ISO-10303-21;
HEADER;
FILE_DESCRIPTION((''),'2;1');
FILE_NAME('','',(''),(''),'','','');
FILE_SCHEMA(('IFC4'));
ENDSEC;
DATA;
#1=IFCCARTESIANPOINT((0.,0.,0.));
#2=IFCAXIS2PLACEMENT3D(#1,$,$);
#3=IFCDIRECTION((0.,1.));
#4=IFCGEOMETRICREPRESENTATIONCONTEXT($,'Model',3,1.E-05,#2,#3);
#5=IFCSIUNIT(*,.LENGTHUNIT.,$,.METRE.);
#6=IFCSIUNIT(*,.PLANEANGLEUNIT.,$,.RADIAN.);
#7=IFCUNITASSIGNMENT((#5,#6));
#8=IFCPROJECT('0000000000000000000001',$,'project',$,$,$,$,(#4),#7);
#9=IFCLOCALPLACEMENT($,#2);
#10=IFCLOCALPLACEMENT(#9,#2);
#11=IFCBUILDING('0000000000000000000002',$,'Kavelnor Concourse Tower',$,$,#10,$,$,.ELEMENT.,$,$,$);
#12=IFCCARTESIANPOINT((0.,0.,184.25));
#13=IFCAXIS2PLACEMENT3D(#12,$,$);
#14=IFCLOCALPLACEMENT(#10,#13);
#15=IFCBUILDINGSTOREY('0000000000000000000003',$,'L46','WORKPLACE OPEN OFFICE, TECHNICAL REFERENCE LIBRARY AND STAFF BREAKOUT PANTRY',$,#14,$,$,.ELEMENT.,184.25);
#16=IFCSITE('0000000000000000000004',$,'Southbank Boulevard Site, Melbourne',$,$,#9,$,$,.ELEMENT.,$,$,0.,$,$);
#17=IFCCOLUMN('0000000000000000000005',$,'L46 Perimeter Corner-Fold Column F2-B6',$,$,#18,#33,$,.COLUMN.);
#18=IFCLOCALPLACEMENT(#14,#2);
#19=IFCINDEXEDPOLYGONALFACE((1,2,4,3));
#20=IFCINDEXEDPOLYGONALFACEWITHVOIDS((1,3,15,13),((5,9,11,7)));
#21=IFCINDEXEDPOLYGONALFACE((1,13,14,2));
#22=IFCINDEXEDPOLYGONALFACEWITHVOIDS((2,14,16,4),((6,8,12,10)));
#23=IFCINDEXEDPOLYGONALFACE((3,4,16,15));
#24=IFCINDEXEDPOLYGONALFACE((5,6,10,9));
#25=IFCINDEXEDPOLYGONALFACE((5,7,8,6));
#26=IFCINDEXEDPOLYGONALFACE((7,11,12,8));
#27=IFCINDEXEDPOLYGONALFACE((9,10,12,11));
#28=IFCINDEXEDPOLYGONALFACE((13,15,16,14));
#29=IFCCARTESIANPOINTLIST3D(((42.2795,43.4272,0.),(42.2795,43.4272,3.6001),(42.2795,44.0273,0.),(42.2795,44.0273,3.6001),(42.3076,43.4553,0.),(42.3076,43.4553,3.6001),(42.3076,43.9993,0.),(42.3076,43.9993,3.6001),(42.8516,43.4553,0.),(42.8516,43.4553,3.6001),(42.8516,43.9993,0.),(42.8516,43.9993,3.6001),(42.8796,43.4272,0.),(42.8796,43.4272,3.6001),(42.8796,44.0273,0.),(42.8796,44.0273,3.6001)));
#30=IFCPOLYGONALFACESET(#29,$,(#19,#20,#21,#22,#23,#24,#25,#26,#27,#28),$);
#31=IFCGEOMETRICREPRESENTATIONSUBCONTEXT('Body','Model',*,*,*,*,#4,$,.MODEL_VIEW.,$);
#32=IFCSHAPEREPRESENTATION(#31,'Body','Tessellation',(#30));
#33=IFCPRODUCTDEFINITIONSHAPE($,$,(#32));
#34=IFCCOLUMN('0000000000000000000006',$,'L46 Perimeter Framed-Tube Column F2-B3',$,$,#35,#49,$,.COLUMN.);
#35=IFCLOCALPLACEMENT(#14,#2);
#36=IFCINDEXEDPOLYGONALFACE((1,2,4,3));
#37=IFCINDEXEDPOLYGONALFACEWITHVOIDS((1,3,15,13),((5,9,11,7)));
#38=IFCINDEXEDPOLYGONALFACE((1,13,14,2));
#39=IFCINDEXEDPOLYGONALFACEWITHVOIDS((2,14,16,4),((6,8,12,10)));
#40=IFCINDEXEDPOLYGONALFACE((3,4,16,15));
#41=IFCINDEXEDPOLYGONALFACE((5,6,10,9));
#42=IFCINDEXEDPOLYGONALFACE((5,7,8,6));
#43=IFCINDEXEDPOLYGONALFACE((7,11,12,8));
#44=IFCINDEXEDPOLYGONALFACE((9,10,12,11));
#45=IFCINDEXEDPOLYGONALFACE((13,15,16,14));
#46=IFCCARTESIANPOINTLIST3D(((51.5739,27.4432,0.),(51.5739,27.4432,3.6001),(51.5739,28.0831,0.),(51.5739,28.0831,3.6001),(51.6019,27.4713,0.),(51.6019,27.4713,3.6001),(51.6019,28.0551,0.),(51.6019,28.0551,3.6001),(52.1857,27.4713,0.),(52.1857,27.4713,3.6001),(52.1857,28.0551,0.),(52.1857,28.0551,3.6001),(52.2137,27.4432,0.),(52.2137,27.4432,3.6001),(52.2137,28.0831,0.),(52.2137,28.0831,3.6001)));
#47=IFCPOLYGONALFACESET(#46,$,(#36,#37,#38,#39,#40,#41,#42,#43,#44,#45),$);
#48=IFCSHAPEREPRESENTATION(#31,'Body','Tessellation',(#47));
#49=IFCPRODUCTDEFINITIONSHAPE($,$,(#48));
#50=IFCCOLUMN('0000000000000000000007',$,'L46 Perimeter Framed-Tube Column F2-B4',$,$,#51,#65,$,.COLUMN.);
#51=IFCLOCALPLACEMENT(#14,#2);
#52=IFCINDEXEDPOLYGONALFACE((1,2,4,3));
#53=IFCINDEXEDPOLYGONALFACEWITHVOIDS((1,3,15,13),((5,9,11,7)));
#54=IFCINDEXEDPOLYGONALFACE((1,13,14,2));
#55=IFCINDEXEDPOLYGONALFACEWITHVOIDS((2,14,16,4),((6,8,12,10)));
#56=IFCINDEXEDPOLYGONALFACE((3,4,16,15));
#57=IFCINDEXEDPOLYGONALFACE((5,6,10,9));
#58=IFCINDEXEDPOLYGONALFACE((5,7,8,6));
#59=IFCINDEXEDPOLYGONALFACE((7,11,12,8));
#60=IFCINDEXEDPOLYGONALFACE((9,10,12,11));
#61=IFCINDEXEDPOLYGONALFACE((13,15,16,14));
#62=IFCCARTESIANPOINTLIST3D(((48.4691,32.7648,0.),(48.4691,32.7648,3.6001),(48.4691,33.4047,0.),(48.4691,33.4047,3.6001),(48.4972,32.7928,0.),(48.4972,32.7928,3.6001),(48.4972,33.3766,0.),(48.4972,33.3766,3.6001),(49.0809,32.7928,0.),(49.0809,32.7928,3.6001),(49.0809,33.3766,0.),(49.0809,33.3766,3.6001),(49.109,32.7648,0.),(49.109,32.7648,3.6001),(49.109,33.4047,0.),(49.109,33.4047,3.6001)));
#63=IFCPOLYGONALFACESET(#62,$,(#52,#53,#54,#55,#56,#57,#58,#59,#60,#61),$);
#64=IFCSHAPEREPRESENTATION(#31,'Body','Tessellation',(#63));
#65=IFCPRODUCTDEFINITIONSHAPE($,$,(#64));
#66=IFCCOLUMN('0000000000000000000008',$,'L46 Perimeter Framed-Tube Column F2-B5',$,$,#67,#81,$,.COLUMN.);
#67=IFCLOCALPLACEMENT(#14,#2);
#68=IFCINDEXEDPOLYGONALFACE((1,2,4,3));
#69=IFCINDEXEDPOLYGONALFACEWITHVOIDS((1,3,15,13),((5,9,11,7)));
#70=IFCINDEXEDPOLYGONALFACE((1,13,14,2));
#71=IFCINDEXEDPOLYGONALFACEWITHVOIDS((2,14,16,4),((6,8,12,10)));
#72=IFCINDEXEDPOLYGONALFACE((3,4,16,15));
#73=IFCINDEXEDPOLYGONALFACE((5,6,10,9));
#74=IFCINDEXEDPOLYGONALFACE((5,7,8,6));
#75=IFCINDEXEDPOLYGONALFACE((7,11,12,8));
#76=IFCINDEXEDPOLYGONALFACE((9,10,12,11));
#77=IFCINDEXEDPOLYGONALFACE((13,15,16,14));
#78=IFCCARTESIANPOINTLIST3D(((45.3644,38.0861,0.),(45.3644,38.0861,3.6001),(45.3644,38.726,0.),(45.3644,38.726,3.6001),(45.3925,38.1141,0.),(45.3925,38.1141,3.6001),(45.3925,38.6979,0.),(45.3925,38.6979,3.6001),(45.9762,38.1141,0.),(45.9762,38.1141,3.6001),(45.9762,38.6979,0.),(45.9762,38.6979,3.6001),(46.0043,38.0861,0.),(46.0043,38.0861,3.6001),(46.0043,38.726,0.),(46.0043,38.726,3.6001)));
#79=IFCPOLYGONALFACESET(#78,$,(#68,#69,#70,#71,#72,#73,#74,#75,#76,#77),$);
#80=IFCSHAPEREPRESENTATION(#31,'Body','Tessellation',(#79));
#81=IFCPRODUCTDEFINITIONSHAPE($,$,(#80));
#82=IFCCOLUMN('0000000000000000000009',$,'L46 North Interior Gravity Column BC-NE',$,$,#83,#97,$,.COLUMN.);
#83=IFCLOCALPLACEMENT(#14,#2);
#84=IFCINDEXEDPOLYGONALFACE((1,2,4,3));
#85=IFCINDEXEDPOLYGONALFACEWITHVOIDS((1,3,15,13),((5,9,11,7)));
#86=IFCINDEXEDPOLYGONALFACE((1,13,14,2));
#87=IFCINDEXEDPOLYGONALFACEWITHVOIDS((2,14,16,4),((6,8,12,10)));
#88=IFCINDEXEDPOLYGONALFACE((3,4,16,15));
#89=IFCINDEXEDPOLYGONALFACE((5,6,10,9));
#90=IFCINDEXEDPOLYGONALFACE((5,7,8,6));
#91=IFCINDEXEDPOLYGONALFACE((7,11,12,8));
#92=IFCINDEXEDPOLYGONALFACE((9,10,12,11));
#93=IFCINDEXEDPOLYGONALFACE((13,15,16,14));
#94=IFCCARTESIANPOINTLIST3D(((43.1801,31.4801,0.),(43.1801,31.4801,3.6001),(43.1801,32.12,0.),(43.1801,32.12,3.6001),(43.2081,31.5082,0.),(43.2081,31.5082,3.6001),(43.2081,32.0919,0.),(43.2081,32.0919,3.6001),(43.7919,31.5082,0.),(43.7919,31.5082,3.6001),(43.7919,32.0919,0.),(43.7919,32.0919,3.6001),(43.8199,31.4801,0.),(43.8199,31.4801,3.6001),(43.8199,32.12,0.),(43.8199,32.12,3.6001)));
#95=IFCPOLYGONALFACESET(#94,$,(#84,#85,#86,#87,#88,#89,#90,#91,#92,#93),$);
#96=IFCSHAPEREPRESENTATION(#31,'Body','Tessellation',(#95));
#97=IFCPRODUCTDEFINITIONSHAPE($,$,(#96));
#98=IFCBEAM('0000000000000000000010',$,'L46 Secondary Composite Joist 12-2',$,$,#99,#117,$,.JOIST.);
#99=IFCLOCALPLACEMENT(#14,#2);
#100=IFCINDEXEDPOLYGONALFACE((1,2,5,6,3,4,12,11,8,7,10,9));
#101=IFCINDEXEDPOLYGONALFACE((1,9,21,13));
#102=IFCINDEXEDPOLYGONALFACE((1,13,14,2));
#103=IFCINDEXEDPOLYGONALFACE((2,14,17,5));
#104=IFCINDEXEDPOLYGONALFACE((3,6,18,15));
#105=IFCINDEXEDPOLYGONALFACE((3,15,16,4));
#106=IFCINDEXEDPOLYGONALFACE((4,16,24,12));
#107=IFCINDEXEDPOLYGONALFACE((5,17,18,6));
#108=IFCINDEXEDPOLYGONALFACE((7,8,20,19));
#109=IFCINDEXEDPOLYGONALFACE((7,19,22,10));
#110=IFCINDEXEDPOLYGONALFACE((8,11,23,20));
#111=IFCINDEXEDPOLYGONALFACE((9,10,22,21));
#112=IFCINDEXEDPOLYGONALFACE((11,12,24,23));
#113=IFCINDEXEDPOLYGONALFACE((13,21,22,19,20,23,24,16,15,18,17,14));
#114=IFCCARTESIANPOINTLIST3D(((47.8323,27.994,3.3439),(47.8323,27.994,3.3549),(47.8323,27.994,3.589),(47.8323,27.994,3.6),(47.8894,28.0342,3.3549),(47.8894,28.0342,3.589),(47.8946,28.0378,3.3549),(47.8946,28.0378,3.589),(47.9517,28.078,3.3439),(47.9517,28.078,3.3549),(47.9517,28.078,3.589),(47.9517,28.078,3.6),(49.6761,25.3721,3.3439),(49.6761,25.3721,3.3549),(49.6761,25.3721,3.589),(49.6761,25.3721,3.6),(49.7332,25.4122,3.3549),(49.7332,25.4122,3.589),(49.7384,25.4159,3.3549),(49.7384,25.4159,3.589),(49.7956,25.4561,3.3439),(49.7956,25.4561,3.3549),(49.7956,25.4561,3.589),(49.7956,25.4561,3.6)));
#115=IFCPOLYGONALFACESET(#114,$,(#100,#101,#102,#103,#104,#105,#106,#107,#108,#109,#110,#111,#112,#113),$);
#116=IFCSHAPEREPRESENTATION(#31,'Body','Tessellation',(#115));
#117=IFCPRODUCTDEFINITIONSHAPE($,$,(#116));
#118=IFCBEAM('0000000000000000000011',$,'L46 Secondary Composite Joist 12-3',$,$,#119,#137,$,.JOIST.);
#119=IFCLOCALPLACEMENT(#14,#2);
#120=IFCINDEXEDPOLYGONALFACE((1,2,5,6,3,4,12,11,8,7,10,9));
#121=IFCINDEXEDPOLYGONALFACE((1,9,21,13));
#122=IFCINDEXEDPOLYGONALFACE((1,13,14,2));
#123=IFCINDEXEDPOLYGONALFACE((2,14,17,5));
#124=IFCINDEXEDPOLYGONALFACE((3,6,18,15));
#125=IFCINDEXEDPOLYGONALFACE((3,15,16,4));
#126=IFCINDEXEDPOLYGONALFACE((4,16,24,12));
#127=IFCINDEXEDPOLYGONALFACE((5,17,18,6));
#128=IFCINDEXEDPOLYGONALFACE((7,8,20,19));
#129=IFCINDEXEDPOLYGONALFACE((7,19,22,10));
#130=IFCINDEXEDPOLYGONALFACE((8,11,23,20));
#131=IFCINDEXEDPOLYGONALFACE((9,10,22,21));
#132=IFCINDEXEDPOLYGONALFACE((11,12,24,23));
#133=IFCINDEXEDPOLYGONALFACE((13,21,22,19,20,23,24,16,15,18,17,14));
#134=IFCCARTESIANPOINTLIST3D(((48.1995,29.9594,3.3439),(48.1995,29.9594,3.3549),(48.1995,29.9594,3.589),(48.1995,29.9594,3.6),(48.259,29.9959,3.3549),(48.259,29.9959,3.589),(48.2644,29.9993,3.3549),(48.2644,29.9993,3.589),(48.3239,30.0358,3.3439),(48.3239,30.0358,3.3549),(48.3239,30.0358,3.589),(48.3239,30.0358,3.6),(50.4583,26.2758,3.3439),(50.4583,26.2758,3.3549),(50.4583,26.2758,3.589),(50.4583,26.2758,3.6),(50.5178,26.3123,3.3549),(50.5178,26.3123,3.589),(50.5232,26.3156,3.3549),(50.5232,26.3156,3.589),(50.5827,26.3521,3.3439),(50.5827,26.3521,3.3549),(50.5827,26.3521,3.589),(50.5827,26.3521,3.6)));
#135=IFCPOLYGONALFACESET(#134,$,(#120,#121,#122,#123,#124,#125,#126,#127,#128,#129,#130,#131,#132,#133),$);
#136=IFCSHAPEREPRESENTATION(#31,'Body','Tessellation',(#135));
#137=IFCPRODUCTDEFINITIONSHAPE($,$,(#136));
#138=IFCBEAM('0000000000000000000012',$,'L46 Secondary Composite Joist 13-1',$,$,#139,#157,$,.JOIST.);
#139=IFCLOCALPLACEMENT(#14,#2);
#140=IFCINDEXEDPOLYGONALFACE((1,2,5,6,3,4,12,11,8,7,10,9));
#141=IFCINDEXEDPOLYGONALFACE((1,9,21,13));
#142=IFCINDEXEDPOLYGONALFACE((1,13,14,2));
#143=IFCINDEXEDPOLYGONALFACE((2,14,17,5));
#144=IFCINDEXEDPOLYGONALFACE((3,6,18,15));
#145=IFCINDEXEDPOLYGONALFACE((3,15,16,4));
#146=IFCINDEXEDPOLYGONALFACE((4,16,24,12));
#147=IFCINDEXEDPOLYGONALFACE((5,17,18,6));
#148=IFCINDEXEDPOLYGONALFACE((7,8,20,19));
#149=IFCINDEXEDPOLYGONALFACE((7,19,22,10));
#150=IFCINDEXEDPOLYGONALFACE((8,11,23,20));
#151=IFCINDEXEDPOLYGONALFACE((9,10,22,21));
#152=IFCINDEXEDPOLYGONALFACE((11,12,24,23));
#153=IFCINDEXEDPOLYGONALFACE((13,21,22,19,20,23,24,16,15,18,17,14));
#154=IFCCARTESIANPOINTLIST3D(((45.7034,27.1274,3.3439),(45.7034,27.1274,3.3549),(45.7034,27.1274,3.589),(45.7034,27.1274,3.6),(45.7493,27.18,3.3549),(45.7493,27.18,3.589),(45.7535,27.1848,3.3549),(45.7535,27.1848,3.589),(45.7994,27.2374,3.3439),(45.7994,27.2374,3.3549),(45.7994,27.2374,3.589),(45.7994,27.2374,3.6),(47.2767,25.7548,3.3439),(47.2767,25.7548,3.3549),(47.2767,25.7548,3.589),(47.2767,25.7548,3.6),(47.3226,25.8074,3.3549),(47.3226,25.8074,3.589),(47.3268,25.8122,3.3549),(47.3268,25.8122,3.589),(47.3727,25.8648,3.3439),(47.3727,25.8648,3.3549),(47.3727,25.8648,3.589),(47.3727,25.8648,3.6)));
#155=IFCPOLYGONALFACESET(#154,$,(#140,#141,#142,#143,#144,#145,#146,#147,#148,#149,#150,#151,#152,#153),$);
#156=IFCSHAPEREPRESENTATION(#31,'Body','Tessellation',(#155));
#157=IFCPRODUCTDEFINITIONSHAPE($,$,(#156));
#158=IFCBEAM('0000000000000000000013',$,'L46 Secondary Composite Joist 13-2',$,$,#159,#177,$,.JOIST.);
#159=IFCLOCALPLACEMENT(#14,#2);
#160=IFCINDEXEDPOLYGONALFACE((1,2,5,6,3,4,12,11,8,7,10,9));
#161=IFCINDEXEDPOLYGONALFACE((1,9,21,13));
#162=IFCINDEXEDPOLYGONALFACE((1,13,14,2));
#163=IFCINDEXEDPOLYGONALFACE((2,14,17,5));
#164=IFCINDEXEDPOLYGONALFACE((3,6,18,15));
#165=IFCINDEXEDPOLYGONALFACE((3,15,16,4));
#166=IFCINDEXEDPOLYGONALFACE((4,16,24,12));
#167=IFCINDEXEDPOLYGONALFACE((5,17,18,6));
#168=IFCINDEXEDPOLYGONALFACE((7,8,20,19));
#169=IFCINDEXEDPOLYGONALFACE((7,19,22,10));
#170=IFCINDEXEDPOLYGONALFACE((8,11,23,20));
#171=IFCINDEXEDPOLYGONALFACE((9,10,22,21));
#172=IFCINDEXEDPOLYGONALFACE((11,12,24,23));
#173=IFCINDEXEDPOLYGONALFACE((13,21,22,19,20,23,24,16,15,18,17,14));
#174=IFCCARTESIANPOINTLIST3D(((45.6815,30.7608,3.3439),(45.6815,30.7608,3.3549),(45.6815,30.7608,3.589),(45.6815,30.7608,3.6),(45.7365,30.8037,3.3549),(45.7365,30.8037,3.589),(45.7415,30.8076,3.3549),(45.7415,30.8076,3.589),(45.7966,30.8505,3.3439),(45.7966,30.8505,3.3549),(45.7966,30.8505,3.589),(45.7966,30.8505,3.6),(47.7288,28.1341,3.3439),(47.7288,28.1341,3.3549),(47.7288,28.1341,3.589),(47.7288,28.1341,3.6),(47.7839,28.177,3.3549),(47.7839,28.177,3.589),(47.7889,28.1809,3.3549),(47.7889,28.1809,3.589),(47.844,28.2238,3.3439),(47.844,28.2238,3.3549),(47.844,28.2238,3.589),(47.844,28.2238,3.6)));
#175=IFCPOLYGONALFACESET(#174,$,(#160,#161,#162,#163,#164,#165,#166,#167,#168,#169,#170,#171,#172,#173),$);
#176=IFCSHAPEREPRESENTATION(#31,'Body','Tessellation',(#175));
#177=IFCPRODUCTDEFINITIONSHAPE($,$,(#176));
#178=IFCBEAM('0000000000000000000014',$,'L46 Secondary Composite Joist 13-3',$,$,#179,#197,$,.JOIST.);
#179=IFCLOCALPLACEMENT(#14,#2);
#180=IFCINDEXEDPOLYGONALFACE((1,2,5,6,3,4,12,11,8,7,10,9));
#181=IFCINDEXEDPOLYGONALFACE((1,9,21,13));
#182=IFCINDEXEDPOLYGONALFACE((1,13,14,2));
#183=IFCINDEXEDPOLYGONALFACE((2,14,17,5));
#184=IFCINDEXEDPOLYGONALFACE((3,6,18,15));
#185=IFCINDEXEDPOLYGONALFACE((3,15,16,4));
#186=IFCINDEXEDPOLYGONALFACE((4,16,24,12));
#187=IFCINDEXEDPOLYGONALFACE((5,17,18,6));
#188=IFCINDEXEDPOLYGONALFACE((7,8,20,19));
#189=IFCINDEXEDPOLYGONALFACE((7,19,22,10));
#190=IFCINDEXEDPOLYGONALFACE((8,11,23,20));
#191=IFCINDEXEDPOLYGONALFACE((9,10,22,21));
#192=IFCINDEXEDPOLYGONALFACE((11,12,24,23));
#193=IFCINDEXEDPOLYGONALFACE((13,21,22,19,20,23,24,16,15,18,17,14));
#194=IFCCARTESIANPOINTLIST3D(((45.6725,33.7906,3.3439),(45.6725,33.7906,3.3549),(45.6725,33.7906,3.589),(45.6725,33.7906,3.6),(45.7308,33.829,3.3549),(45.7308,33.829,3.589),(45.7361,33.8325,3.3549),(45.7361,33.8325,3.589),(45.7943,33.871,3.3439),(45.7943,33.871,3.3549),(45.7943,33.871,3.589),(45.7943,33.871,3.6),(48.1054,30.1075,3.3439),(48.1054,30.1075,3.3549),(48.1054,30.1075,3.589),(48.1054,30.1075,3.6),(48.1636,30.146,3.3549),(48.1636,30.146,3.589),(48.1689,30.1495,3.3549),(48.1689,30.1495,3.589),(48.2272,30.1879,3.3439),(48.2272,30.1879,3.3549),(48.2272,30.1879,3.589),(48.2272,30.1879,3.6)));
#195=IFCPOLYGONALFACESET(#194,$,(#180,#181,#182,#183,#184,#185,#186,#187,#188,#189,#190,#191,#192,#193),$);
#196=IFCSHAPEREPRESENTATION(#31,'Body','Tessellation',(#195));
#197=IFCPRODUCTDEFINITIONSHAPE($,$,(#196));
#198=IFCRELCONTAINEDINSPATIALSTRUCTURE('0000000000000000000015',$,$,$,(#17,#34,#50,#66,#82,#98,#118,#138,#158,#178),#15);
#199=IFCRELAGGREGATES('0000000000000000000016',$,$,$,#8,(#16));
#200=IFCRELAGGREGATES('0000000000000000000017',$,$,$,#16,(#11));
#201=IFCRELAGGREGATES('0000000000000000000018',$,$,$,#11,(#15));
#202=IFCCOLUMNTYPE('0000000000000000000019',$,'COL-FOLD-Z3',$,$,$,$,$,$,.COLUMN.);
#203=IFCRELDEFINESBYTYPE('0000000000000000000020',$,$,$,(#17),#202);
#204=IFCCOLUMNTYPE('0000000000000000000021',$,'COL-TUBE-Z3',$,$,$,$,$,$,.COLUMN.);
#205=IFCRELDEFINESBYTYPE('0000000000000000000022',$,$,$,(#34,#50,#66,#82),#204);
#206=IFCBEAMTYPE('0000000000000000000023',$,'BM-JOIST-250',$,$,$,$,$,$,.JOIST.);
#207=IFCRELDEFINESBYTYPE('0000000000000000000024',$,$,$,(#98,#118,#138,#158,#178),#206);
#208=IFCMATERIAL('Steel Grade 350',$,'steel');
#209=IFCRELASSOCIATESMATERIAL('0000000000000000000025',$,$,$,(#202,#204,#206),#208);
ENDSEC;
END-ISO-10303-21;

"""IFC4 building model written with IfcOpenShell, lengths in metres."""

from ifc_helpers import new_model, si_unit, direction, frame, origin, origin_2d, place, context, subcontext, project, spatial, hollow_rectangle, i_section, extrude, material, material_profile, profile_set, type_object, element, save


model = new_model("IFC4")

# Units and contexts
model_context = context("Model", 3, precision=1e-05, world=origin(), true_north=direction((0.0, 1.0)))
body_context = subcontext(model_context, "Body", "Model", "MODEL_VIEW")
ifc_project = project(units=[si_unit("LENGTHUNIT", "METRE"), si_unit("PLANEANGLEUNIT", "RADIAN")], contexts=[model_context])

# Site, building, storey
site_placement = place(None, origin())
site = spatial("IfcSite", under=ifc_project, at=site_placement, Name="Southbank Boulevard Site, Melbourne", CompositionType="ELEMENT", RefElevation=0.0)
building_placement = place(site_placement, origin())
building = spatial("IfcBuilding", under=site, at=building_placement, Name="Kavelnor Concourse Tower", CompositionType="ELEMENT")
storey_placement = place(building_placement, frame((0.0, 0.0, 184.25)))
storey = spatial("IfcBuildingStorey", under=building, at=storey_placement, Name="L46", Description="WORKPLACE OPEN OFFICE, TECHNICAL REFERENCE LIBRARY AND STAFF BREAKOUT PANTRY", CompositionType="ELEMENT", Elevation=184.25)

# Columns
ifc_material_1 = material(Name="Steel Grade 350", Category="steel")
ifc_material_profile_1 = material_profile(ifc_material_1, hollow_rectangle(XDim=0.6001, YDim=0.6001, WallThickness=0.0281, at=origin_2d()), Name="SHS 600x600x28")
ifc_profile_set_1 = profile_set([ifc_material_profile_1], Name="Steel Grade 350")
column_type_1 = type_object("IfcColumnType", Name="COL-FOLD-Z3", PredefinedType="COLUMN", material=ifc_profile_set_1)
column_placement = place(storey_placement, frame((42.5796, 43.7273, 0.0), z_axis=(0.0, 0.0, 1.0), x_axis=(1.0, 0.0, 0.0)))
element("IfcColumn", 1, at=column_placement, inside=storey, type_object=column_type_1, Name="L46 Perimeter Corner-Fold Column F2-B6", PredefinedType="COLUMN", context=body_context, shape_type="SweptSolid", body=[
    extrude(hollow_rectangle(XDim=0.6001, YDim=0.6001, WallThickness=0.0281, at=origin_2d()), origin(), (0.0, 0.0, 1.0), 3.6001),
])
ifc_material_profile_2 = material_profile(ifc_material_1, hollow_rectangle(XDim=0.6399, YDim=0.6399, WallThickness=0.0281, at=origin_2d()), Name="SHS 640x640x28")
ifc_profile_set_2 = profile_set([ifc_material_profile_2], Name="Steel Grade 350")
column_type_2 = type_object("IfcColumnType", Name="COL-TUBE-Z3", PredefinedType="COLUMN", material=ifc_profile_set_2)
for number, where, z_axis, x_axis, name in (
    (2, (51.8938, 27.7632, 0.0), (0.0, 0.0, 1.0), (1.0, 0.0, 0.0), "L46 Perimeter Framed-Tube Column F2-B3"),
    (3, (48.7891, 33.0847, 0.0), (0.0, 0.0, 1.0), (1.0, 0.0, 0.0), "L46 Perimeter Framed-Tube Column F2-B4"),
    (4, (45.6843, 38.406, 0.0), (0.0, 0.0, 1.0), (1.0, 0.0, 0.0), "L46 Perimeter Framed-Tube Column F2-B5"),
    (5, (43.5, 31.8, 0.0), (0.0, 0.0, 1.0), (1.0, 0.0, 0.0), "L46 North Interior Gravity Column BC-NE"),
):
    element("IfcColumn", number, at=place(storey_placement, frame(where, z_axis=z_axis, x_axis=x_axis)), inside=storey, type_object=column_type_2, Name=name, PredefinedType="COLUMN", context=body_context, shape_type="SweptSolid", body=[
        extrude(hollow_rectangle(XDim=0.6399, YDim=0.6399, WallThickness=0.0281, at=origin_2d()), origin(), (0.0, 0.0, 1.0), 3.6001),
    ])

# Beams
ifc_material_profile_3 = material_profile(ifc_material_1, i_section(OverallWidth=0.146, OverallDepth=0.2561, WebThickness=0.0063, FlangeThickness=0.011, at=origin_2d()), Name="250UB37")
ifc_profile_set_3 = profile_set([ifc_material_profile_3], Name="Steel Grade 350")
beam_type_1 = type_object("IfcBeamType", Name="BM-JOIST-250", PredefinedType="JOIST", material=ifc_profile_set_3)
beam_1_placement = place(storey_placement, frame((49.7358, 25.4141, 3.4719), z_axis=(-0.575235, 0.817988, 0.0), x_axis=(-0.817988, -0.575235, 0.0)))
element("IfcBeam", 6, at=beam_1_placement, inside=storey, type_object=beam_type_1, Name="L46 Secondary Composite Joist 12-2", PredefinedType="JOIST", context=body_context, shape_type="SweptSolid", body=[
    extrude(i_section(OverallWidth=0.146, OverallDepth=0.2561, WebThickness=0.0063, FlangeThickness=0.011, at=origin_2d()), origin(), (0.0, 0.0, 1.0), 3.2053),
])
beam_2_placement = place(storey_placement, frame((50.5205, 26.314, 3.4719), z_axis=(-0.522748, 0.852488, 0.0), x_axis=(-0.852488, -0.522748, 0.0)))
element("IfcBeam", 7, at=beam_2_placement, inside=storey, type_object=beam_type_1, Name="L46 Secondary Composite Joist 12-3", PredefinedType="JOIST", context=body_context, shape_type="SweptSolid", body=[
    extrude(i_section(OverallWidth=0.146, OverallDepth=0.2561, WebThickness=0.0063, FlangeThickness=0.011, at=origin_2d()), origin(), (0.0, 0.0, 1.0), 4.321),
])
beam_3_placement = place(storey_placement, frame((47.3247, 25.8098, 3.4719), z_axis=(-0.753532, 0.657411, 0.0), x_axis=(-0.657411, -0.753532, 0.0)))
element("IfcBeam", 8, at=beam_3_placement, inside=storey, type_object=beam_type_1, Name="L46 Secondary Composite Joist 13-1", PredefinedType="JOIST", context=body_context, shape_type="SweptSolid", body=[
    extrude(i_section(OverallWidth=0.146, OverallDepth=0.2561, WebThickness=0.0063, FlangeThickness=0.011, at=origin_2d()), origin(), (0.0, 0.0, 1.0), 2.0879),
])
beam_4_placement = place(storey_placement, frame((47.7864, 28.179, 3.4719), z_axis=(-0.614757, 0.788716, 0.0), x_axis=(-0.788716, -0.614757, 0.0)))
element("IfcBeam", 9, at=beam_4_placement, inside=storey, type_object=beam_type_1, Name="L46 Secondary Composite Joist 13-2", PredefinedType="JOIST", context=body_context, shape_type="SweptSolid", body=[
    extrude(i_section(OverallWidth=0.146, OverallDepth=0.2561, WebThickness=0.0063, FlangeThickness=0.011, at=origin_2d()), origin(), (0.0, 0.0, 1.0), 3.3303),
])
beam_5_placement = place(storey_placement, frame((48.1663, 30.1477, 3.4719), z_axis=(-0.55116, 0.8344, 0.0), x_axis=(-0.8344, -0.55116, 0.0)))
element("IfcBeam", 10, at=beam_5_placement, inside=storey, type_object=beam_type_1, Name="L46 Secondary Composite Joist 13-3", PredefinedType="JOIST", context=body_context, shape_type="SweptSolid", body=[
    extrude(i_section(OverallWidth=0.146, OverallDepth=0.2561, WebThickness=0.0063, FlangeThickness=0.011, at=origin_2d()), origin(), (0.0, 0.0, 1.0), 4.4141),
])

save(model, "model.ifc")
